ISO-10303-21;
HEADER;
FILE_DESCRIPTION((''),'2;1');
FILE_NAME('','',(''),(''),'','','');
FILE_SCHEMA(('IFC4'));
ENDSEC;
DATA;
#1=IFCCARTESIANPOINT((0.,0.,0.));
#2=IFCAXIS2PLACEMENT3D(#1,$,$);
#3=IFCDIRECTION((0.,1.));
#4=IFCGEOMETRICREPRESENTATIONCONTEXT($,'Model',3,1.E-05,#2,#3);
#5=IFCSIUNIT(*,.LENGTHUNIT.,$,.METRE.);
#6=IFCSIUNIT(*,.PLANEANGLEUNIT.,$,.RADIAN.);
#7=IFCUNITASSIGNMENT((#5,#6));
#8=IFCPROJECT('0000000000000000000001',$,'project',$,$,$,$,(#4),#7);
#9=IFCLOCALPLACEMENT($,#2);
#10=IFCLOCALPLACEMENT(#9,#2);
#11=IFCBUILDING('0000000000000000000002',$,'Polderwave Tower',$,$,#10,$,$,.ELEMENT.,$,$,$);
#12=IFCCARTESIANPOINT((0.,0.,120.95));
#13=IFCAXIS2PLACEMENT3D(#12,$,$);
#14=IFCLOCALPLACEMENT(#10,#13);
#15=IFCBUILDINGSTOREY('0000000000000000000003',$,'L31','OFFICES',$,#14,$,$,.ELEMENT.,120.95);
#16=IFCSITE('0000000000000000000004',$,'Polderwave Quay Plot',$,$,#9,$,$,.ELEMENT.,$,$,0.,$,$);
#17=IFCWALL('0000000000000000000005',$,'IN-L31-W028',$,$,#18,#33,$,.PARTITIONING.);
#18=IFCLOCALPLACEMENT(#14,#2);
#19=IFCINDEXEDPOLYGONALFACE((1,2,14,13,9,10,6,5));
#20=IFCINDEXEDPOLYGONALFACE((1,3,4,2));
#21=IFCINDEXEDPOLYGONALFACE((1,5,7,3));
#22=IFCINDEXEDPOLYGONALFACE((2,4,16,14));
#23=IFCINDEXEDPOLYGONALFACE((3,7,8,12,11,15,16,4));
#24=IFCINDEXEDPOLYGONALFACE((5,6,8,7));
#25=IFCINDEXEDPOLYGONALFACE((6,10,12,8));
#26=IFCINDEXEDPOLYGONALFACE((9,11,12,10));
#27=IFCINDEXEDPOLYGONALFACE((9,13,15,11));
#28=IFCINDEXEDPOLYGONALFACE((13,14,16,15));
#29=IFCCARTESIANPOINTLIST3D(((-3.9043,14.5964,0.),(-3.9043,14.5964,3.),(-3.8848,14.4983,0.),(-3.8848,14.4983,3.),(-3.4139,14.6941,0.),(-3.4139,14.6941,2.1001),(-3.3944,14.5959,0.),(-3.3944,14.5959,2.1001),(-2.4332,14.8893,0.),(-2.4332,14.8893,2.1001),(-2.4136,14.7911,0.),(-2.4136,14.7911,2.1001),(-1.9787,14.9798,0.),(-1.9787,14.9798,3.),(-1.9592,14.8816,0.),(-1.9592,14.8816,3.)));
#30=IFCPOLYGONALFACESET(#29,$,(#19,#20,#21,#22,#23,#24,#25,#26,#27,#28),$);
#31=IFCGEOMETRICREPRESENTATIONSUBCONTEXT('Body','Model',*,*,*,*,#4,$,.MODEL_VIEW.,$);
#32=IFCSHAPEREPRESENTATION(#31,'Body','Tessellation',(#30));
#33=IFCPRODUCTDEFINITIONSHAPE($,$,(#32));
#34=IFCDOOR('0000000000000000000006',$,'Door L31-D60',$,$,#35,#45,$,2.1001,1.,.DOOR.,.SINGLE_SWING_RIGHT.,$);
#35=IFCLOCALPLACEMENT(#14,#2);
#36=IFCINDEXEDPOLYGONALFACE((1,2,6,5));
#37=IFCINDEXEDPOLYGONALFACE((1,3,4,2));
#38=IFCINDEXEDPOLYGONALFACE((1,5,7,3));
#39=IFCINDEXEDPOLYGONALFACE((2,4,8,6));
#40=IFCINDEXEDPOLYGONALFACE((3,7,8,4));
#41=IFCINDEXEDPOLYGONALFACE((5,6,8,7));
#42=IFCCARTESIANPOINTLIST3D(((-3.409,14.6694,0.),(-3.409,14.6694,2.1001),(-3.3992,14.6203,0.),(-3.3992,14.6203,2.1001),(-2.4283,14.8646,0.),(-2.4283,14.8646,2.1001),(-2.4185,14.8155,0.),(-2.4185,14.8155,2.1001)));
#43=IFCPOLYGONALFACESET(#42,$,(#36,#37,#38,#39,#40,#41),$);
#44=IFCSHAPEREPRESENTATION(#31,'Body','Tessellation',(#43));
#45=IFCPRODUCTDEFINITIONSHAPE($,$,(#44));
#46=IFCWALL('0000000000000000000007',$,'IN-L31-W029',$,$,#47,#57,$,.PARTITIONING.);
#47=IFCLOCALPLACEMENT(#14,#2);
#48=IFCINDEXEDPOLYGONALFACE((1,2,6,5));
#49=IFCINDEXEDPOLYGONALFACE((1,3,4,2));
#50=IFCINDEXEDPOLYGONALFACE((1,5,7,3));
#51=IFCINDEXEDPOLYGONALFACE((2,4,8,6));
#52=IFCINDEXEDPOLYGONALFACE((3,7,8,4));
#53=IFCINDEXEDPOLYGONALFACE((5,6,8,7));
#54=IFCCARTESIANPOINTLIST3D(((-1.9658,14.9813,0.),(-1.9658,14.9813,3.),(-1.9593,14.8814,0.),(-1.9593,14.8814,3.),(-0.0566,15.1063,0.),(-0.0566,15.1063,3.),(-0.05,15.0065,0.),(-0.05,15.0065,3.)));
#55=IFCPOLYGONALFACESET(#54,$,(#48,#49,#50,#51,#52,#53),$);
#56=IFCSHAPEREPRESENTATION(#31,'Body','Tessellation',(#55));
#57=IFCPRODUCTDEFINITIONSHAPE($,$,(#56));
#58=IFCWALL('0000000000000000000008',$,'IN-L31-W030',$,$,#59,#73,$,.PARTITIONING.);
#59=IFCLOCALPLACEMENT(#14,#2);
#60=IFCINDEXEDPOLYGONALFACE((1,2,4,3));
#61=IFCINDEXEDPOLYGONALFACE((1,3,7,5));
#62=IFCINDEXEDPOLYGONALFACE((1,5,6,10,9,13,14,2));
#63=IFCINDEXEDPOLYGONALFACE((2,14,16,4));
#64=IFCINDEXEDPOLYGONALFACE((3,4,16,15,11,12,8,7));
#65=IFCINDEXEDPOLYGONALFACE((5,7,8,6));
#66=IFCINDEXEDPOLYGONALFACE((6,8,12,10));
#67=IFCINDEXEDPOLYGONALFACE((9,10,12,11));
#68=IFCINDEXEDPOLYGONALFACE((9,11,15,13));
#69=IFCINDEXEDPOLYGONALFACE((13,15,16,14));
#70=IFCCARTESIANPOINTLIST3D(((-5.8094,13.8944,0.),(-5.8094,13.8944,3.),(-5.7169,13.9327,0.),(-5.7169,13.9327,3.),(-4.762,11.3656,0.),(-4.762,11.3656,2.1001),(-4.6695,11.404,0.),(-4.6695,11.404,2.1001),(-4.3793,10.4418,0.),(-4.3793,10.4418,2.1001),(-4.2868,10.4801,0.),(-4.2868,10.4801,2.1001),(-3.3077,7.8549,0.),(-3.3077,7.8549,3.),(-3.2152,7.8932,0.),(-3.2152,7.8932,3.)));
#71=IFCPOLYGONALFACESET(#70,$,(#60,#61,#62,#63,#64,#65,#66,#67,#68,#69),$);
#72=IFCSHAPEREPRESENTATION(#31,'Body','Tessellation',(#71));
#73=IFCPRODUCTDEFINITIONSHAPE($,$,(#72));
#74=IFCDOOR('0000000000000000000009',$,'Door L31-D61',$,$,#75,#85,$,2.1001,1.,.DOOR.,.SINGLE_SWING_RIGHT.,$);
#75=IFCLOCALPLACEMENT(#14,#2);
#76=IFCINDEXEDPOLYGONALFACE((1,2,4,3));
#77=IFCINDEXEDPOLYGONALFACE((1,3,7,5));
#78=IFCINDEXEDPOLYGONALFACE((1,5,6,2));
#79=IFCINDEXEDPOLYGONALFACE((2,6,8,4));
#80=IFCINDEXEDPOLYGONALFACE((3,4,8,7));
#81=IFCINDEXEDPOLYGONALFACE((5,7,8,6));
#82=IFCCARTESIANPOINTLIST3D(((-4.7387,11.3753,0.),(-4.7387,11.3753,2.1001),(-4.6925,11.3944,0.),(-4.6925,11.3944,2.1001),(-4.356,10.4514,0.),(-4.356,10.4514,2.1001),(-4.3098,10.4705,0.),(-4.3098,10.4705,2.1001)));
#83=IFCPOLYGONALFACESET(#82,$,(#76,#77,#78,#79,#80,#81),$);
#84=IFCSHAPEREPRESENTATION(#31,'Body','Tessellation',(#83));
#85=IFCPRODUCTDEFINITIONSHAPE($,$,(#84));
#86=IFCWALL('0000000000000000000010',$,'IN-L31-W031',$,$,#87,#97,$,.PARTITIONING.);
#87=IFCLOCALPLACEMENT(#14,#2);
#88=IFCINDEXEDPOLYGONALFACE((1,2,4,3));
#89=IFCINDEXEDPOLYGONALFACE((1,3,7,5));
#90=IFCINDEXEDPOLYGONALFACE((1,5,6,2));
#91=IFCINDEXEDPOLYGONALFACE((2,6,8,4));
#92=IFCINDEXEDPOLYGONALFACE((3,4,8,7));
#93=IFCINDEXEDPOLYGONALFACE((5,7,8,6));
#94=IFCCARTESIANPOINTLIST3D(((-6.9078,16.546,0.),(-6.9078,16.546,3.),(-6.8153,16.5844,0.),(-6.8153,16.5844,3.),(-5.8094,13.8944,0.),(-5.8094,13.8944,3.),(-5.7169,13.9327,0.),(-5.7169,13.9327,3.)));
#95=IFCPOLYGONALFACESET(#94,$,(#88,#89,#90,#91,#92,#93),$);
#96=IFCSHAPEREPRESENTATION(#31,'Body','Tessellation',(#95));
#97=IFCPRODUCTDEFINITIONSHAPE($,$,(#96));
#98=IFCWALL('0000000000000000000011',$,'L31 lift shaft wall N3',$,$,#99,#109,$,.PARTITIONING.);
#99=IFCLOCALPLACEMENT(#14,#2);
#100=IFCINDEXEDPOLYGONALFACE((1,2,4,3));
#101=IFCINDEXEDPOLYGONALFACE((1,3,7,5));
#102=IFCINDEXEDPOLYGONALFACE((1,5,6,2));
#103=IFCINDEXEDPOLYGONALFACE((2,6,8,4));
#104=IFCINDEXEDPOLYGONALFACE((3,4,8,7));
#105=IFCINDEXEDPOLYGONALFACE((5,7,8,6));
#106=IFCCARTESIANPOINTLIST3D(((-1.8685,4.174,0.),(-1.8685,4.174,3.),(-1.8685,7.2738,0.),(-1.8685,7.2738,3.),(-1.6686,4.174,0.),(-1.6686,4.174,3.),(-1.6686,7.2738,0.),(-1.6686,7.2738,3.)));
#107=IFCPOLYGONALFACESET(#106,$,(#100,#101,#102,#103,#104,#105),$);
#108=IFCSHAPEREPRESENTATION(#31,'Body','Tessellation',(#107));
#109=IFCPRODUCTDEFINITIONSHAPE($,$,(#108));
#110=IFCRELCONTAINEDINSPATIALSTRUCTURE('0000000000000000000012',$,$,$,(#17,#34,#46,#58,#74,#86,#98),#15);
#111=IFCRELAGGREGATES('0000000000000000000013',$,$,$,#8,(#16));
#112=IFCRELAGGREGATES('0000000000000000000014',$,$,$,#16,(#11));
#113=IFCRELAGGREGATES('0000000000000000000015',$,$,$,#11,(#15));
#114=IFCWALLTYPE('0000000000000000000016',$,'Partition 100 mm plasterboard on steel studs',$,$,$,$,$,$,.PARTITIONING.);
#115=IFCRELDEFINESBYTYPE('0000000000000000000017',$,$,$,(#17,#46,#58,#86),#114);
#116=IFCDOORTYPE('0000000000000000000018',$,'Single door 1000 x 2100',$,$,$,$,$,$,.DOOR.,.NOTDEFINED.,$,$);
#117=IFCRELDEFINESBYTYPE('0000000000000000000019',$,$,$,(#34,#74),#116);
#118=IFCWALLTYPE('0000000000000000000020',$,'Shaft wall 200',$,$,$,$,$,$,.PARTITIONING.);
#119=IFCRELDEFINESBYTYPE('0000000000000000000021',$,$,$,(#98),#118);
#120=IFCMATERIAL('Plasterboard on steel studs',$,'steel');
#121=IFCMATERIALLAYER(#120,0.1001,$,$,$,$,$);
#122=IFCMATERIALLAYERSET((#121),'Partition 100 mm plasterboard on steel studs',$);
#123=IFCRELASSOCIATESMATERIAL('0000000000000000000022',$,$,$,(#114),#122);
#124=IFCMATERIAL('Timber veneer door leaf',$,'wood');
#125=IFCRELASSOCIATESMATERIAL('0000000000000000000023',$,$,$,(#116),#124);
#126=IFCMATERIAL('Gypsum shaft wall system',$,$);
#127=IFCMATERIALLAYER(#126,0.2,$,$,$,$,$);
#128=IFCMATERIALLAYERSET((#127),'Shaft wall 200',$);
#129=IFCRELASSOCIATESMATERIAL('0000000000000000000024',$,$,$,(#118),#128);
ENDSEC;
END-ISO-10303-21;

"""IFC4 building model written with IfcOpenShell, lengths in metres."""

from ifc_helpers import new_model, si_unit, direction, frame, frame_2d, origin, place, context, subcontext, project, spatial, rectangle, extrude, material, layer, layer_set, type_object, element, fill, save


model = new_model("IFC4")

# Units and contexts
model_context = context("Model", 3, precision=1e-05, world=origin(), true_north=direction((0.0, 1.0)))
body_context = subcontext(model_context, "Body", "Model", "MODEL_VIEW")
ifc_project = project(units=[si_unit("LENGTHUNIT", "METRE"), si_unit("PLANEANGLEUNIT", "RADIAN")], contexts=[model_context])

# Site, building, storey
site_placement = place(None, origin())
site = spatial("IfcSite", under=ifc_project, at=site_placement, Name="Polderwave Quay Plot", CompositionType="ELEMENT", RefElevation=0.0)
building_placement = place(site_placement, origin())
building = spatial("IfcBuilding", under=site, at=building_placement, Name="Polderwave Tower", CompositionType="ELEMENT")
storey_placement = place(building_placement, frame((0.0, 0.0, 120.95)))
storey = spatial("IfcBuildingStorey", under=building, at=storey_placement, Name="L31", Description="OFFICES", CompositionType="ELEMENT", Elevation=120.95)

# Shared definitions
ifc_material_1 = material(Name="Plasterboard on steel studs", Category="steel")
ifc_layer_1 = layer(ifc_material_1, 0.1001)
ifc_layer_set_1 = layer_set([ifc_layer_1], Name="Partition 100 mm plasterboard on steel studs")
wall_type_1 = type_object("IfcWallType", Name="Partition 100 mm plasterboard on steel studs", PredefinedType="PARTITIONING", material=ifc_layer_set_1)

# Wall, opening, door
wall_1_placement = place(storey_placement, frame((-3.8945, 14.5474, 0.0), z_axis=(0.0, 0.0, 1.0), x_axis=(0.980757, 0.195231, 0.0)))
wall_1 = element("IfcWall", 1, at=wall_1_placement, inside=storey, type_object=wall_type_1, Name="IN-L31-W028", PredefinedType="PARTITIONING", context=body_context, shape_type="SweptSolid", body=[
    extrude(rectangle(XDim=1.9634, YDim=0.1001, at=frame_2d((0.9817, 0.0))), origin(), (0.0, 0.0, 1.0), 3.0),
])
opening_1_placement = place(wall_1_placement, frame((0.5, 0.0, 0.0)))
opening_1 = element("IfcOpeningElement", 2, at=opening_1_placement, cuts=wall_1, PredefinedType="OPENING", context=body_context, shape_type="SweptSolid", body=[
    extrude(rectangle(XDim=1.0, YDim=2.1001, at=frame_2d((0.5, 1.05))), frame((0.0, 0.0601, 0.0), z_axis=(0.0, -1.0, 0.0), x_axis=(1.0, 0.0, 0.0)), (0.0, 0.0, 1.0), 0.1201),
])
ifc_material_2 = material(Name="Timber veneer door leaf", Category="wood")
door_type = type_object("IfcDoorType", Name="Single door 1000 x 2100", OperationType="NOTDEFINED", PredefinedType="DOOR", material=ifc_material_2)
door_1_placement = place(opening_1_placement, origin())
door_1 = element("IfcDoor", 3, at=door_1_placement, inside=storey, type_object=door_type, Name="Door L31-D60", OperationType="SINGLE_SWING_RIGHT", OverallHeight=2.1001, OverallWidth=1.0, PredefinedType="DOOR", context=body_context, shape_type="SweptSolid", body=[
    extrude(rectangle(XDim=1.0, YDim=2.1001, at=frame_2d((0.5, 1.05))), frame((0.0, 0.0249, 0.0), z_axis=(0.0, -1.0, 0.0), x_axis=(1.0, 0.0, 0.0)), (0.0, 0.0, 1.0), 0.05),
])
fill(opening_1, door_1)

# Wall
wall_2_placement = place(storey_placement, frame((-1.9624, 14.9314, 0.0), z_axis=(0.0, 0.0, 1.0), x_axis=(0.997864, 0.065333, 0.0)))
element("IfcWall", 4, at=wall_2_placement, inside=storey, type_object=wall_type_1, Name="IN-L31-W029", PredefinedType="PARTITIONING", context=body_context, shape_type="SweptSolid", body=[
    extrude(rectangle(XDim=1.9133, YDim=0.1001, at=frame_2d((0.9565, 0.0))), origin(), (0.0, 0.0, 1.0), 3.0),
])

# Wall, opening, door
wall_3_placement = place(storey_placement, frame((-3.2615, 7.874, 0.0), z_axis=(0.0, 0.0, 1.0), x_axis=(-0.382689, 0.923877, 0.0)))
wall_3 = element("IfcWall", 5, at=wall_3_placement, inside=storey, type_object=wall_type_1, Name="IN-L31-W030", PredefinedType="PARTITIONING", context=body_context, shape_type="SweptSolid", body=[
    extrude(rectangle(XDim=6.5371, YDim=0.1001, at=frame_2d((3.2686, 0.0))), origin(), (0.0, 0.0, 1.0), 3.0),
])
opening_2_placement = place(wall_3_placement, frame((2.8, 0.0, 0.0)))
opening_2 = element("IfcOpeningElement", 6, at=opening_2_placement, cuts=wall_3, PredefinedType="OPENING", context=body_context, shape_type="SweptSolid", body=[
    extrude(rectangle(XDim=1.0, YDim=2.1001, at=frame_2d((0.5, 1.05))), frame((0.0, 0.0601, 0.0), z_axis=(0.0, -1.0, 0.0), x_axis=(1.0, 0.0, 0.0)), (0.0, 0.0, 1.0), 0.1201),
])
door_2_placement = place(opening_2_placement, origin())
door_2 = element("IfcDoor", 7, at=door_2_placement, inside=storey, type_object=door_type, Name="Door L31-D61", OperationType="SINGLE_SWING_RIGHT", OverallHeight=2.1001, OverallWidth=1.0, PredefinedType="DOOR", context=body_context, shape_type="SweptSolid", body=[
    extrude(rectangle(XDim=1.0, YDim=2.1001, at=frame_2d((0.5, 1.05))), frame((0.0, 0.0249, 0.0), z_axis=(0.0, -1.0, 0.0), x_axis=(1.0, 0.0, 0.0)), (0.0, 0.0, 1.0), 0.05),
])
fill(opening_2, door_2)

# Walls
wall_4_placement = place(storey_placement, frame((-5.7632, 13.9136, 0.0), z_axis=(0.0, 0.0, 1.0), x_axis=(-0.3827, 0.923873, 0.0)))
element("IfcWall", 8, at=wall_4_placement, inside=storey, type_object=wall_type_1, Name="IN-L31-W031", PredefinedType="PARTITIONING", context=body_context, shape_type="SweptSolid", body=[
    extrude(rectangle(XDim=2.8701, YDim=0.1001, at=frame_2d((1.4351, 0.0))), origin(), (0.0, 0.0, 1.0), 3.0),
])
ifc_material_3 = material(Name="Gypsum shaft wall system")
ifc_layer_2 = layer(ifc_material_3, 0.2)
ifc_layer_set_2 = layer_set([ifc_layer_2], Name="Shaft wall 200")
wall_type_2 = type_object("IfcWallType", Name="Shaft wall 200", PredefinedType="PARTITIONING", material=ifc_layer_set_2)
wall_5_placement = place(storey_placement, frame((-1.7686, 4.1741, 0.0), z_axis=(0.0, 0.0, 1.0), x_axis=(0.0, 1.0, 0.0)))
element("IfcWall", 9, at=wall_5_placement, inside=storey, type_object=wall_type_2, Name="L31 lift shaft wall N3", PredefinedType="PARTITIONING", context=body_context, shape_type="SweptSolid", body=[
    extrude(rectangle(XDim=3.0999, YDim=0.2, at=frame_2d((1.5498, 0.0))), origin(), (0.0, 0.0, 1.0), 3.0),
])

save(model, "model.ifc")
